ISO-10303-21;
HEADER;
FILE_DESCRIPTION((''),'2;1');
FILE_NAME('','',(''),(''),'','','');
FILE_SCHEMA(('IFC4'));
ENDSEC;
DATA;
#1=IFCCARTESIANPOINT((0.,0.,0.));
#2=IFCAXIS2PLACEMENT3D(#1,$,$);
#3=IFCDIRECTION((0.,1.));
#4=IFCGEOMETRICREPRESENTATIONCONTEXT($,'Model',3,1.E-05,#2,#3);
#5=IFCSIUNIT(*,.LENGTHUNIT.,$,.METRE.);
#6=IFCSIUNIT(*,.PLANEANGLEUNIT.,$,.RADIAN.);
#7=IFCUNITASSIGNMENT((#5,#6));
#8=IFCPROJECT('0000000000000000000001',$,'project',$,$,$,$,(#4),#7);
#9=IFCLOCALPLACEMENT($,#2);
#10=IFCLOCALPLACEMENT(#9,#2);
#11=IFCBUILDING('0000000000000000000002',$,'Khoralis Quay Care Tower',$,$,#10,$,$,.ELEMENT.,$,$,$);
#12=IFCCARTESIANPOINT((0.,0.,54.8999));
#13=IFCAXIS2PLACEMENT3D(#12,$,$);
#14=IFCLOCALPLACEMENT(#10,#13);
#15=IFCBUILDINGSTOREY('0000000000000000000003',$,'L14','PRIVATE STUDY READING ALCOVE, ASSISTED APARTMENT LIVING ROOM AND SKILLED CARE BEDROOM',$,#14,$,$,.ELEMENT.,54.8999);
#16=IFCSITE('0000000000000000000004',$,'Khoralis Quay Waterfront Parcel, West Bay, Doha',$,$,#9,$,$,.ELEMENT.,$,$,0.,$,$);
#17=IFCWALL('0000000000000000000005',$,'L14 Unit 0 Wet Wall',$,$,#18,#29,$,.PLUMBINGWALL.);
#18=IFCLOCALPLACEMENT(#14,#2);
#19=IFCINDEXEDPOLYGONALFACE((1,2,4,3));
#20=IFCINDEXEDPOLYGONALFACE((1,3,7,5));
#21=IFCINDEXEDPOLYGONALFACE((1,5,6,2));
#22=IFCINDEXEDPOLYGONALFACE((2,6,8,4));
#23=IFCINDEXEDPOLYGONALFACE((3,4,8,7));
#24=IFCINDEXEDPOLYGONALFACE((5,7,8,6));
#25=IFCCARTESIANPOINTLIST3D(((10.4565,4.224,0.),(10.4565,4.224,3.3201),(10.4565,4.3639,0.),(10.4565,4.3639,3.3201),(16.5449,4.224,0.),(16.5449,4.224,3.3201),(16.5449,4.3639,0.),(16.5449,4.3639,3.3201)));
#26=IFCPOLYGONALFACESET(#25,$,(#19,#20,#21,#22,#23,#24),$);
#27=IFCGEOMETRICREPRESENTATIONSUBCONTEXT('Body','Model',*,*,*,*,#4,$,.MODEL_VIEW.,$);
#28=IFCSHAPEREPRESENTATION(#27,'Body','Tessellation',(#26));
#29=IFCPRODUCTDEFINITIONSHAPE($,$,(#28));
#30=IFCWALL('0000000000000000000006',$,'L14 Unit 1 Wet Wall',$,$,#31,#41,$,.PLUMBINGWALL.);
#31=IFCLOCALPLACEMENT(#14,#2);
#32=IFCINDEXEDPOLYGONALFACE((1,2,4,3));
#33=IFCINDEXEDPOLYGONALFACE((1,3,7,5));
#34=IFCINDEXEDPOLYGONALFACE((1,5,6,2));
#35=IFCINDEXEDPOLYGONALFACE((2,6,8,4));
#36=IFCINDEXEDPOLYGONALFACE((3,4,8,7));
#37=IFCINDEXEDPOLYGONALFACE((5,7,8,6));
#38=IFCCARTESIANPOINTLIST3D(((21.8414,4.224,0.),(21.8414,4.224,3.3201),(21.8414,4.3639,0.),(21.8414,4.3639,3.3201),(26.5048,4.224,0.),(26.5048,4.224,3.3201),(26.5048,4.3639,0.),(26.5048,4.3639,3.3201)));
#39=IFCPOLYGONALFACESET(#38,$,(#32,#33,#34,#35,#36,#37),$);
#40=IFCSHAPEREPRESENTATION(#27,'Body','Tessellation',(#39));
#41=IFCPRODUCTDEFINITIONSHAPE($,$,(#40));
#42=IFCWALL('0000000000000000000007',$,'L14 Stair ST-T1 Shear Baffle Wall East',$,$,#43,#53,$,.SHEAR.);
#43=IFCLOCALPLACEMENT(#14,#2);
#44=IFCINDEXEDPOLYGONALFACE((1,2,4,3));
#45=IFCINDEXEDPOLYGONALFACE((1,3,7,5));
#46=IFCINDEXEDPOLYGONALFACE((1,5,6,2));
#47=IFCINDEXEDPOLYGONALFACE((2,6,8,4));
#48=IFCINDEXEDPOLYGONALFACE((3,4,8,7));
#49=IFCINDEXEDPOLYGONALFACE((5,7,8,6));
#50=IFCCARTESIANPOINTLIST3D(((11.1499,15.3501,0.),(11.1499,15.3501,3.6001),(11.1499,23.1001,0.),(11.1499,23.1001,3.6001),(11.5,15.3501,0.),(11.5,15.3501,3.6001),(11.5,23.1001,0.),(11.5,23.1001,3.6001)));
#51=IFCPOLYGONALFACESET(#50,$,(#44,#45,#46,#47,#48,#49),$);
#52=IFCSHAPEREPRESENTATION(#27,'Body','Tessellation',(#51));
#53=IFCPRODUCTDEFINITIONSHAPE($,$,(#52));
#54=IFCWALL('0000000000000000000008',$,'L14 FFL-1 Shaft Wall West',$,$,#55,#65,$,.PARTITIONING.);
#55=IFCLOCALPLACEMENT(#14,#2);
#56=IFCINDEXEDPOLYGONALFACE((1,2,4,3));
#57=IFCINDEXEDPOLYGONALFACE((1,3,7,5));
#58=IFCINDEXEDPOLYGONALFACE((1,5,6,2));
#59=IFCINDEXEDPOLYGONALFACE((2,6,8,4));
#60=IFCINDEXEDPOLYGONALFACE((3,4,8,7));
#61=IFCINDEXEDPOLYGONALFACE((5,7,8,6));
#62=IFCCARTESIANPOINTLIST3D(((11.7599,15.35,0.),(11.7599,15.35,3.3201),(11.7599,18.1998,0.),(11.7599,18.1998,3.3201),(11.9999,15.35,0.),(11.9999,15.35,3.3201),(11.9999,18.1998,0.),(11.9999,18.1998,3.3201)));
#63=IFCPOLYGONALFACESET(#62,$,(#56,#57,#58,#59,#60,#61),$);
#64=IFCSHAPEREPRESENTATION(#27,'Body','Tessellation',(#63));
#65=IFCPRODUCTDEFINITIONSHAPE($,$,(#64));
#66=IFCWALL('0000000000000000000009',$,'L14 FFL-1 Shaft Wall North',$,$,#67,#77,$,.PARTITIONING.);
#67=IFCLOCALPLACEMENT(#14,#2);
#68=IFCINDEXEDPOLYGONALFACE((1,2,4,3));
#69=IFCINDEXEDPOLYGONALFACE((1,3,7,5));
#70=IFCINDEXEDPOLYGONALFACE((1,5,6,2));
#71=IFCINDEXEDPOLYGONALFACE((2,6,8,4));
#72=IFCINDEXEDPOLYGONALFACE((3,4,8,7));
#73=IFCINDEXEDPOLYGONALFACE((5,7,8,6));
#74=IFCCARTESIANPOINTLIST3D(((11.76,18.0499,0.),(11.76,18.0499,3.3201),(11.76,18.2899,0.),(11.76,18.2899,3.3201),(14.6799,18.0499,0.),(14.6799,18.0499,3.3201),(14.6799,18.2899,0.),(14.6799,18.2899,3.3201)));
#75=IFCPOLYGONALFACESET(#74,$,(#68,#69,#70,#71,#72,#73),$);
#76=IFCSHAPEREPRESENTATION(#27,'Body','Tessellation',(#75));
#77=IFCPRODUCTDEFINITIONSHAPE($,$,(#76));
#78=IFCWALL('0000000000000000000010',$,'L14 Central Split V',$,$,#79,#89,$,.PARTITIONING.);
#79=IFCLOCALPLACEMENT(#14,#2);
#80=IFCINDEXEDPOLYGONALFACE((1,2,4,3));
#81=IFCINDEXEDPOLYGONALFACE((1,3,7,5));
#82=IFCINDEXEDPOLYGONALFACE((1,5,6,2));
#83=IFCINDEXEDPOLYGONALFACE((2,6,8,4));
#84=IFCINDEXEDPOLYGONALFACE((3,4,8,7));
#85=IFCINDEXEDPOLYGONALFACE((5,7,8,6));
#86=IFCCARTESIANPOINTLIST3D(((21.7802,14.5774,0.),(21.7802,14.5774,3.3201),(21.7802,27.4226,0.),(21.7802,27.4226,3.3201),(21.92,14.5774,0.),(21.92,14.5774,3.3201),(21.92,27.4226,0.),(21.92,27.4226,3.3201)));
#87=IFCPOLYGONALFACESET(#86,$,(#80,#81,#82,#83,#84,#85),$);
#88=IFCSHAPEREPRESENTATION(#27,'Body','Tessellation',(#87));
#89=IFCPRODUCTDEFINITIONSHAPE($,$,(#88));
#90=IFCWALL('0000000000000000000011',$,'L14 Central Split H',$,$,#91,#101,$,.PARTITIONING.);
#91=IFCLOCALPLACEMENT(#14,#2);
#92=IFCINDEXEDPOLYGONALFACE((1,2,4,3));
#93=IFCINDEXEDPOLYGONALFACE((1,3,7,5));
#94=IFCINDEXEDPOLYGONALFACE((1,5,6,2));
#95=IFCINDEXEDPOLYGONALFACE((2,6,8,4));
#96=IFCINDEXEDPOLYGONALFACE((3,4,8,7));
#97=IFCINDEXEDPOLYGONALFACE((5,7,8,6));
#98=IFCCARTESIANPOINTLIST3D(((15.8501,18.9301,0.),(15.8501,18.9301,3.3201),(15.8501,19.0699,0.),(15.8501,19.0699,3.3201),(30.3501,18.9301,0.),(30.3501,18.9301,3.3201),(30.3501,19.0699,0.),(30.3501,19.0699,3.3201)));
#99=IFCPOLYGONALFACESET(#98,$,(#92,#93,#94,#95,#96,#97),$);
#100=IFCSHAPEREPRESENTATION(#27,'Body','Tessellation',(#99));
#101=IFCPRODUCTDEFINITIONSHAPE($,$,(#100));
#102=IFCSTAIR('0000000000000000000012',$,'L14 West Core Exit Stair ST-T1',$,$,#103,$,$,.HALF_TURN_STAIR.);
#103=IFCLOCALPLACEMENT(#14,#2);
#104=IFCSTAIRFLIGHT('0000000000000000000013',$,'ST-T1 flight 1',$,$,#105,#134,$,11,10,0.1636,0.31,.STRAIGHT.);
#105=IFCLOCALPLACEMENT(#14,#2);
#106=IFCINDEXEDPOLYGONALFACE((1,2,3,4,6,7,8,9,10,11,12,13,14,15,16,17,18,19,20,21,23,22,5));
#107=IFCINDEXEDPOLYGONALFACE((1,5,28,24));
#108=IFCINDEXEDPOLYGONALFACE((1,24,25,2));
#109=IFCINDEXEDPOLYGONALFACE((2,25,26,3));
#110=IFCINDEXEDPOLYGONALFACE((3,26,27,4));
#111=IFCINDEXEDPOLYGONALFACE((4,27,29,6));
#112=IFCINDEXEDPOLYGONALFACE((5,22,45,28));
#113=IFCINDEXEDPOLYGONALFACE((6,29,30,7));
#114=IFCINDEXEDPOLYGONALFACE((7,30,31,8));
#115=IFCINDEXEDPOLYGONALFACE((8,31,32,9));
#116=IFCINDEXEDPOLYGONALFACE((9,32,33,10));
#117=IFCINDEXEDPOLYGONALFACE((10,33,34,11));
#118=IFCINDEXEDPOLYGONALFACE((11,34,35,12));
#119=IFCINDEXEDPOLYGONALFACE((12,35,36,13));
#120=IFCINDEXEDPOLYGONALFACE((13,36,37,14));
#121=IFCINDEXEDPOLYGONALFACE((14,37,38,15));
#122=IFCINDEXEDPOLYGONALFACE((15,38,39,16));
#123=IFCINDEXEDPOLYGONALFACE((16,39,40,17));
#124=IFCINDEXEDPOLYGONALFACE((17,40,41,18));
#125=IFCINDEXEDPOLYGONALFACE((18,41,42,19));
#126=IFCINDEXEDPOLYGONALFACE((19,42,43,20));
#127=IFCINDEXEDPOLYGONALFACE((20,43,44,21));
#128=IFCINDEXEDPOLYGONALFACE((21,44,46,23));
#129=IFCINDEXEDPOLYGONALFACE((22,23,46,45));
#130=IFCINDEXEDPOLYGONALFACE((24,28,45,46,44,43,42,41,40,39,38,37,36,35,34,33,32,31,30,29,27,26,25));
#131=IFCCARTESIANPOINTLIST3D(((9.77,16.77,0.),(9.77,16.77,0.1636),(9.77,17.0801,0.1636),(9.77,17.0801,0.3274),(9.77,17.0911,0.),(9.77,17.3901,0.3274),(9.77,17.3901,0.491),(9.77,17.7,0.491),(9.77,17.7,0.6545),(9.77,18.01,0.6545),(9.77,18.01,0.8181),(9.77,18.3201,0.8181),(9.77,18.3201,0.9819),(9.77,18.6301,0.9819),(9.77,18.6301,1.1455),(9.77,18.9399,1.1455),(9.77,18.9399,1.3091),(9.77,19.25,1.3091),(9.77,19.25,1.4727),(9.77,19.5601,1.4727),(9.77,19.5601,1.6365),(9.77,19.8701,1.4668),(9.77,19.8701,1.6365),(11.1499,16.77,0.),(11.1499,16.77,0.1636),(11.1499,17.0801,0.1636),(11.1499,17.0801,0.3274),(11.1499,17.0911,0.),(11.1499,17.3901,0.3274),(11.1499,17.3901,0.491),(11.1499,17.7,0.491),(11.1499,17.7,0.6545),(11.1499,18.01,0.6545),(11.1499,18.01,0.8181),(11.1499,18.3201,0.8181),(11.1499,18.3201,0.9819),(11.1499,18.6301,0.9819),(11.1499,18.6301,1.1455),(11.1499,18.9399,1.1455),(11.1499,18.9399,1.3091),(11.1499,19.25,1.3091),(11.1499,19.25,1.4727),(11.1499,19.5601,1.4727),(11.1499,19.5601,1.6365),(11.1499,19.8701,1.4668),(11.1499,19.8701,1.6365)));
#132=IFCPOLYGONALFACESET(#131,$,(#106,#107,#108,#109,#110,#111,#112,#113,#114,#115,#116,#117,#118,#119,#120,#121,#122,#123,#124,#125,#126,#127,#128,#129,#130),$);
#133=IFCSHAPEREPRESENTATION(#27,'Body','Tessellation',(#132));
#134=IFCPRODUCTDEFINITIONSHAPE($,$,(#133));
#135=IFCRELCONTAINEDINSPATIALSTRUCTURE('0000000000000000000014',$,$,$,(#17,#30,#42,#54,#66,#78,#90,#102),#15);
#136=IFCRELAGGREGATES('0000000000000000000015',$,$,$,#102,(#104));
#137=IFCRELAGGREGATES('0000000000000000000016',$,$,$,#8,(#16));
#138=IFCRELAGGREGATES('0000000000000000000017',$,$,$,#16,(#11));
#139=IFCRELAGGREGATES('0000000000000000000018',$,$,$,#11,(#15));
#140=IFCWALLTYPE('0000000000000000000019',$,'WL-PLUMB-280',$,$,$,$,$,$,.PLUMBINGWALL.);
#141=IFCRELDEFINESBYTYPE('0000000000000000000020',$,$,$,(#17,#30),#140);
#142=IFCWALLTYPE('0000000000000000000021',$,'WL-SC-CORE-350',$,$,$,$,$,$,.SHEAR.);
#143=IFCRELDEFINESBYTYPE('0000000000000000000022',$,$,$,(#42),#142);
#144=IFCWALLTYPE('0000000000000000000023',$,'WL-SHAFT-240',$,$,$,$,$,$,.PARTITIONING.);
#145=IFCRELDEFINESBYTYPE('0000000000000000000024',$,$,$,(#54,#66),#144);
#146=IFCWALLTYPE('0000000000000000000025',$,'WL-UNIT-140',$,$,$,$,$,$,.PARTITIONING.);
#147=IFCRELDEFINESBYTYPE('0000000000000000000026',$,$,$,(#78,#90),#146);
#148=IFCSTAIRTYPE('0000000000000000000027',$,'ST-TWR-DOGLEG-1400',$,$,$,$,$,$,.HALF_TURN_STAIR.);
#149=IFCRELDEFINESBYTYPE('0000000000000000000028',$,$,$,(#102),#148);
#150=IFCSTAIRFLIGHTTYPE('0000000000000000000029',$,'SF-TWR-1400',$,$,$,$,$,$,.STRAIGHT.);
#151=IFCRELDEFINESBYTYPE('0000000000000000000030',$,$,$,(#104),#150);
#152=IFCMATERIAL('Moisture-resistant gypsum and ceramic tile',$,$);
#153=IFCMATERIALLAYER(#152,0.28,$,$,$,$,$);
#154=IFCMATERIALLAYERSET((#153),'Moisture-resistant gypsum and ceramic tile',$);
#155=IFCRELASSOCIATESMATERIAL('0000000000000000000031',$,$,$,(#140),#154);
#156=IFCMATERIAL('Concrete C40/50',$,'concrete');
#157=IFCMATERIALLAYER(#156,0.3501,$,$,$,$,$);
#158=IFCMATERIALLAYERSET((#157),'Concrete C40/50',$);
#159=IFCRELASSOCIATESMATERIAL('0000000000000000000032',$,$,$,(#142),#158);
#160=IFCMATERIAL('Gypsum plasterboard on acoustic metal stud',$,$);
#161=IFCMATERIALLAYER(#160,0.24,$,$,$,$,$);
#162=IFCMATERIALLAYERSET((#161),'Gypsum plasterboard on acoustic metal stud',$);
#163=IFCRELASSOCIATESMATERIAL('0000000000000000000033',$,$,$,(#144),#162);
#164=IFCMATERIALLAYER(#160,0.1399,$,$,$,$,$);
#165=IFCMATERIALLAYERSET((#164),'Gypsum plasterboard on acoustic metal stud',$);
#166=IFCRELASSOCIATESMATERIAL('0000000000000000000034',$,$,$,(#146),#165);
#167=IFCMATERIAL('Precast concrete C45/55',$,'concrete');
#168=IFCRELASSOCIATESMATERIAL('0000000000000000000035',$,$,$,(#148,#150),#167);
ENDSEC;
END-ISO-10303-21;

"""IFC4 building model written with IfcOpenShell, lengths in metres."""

from ifc_helpers import new_model, si_unit, direction, frame, frame_2d, origin, place, context, subcontext, project, spatial, polyline, rectangle, outline, extrude, source, transform, mapped, material, layer, layer_set, type_object, element, aggregate, save


model = new_model("IFC4")

# Units and contexts
model_context = context("Model", 3, precision=1e-05, world=origin(), true_north=direction((0.0, 1.0)))
body_context = subcontext(model_context, "Body", "Model", "MODEL_VIEW")
ifc_project = project(units=[si_unit("LENGTHUNIT", "METRE"), si_unit("PLANEANGLEUNIT", "RADIAN")], contexts=[model_context])

# Site, building, storey
site_placement = place(None, origin())
site = spatial("IfcSite", under=ifc_project, at=site_placement, Name="Khoralis Quay Waterfront Parcel, West Bay, Doha", CompositionType="ELEMENT", RefElevation=0.0)
building_placement = place(site_placement, origin())
building = spatial("IfcBuilding", under=site, at=building_placement, Name="Khoralis Quay Care Tower", CompositionType="ELEMENT")
storey_placement = place(building_placement, frame((0.0, 0.0, 54.8999)))
storey = spatial("IfcBuildingStorey", under=building, at=storey_placement, Name="L14", Description="PRIVATE STUDY READING ALCOVE, ASSISTED APARTMENT LIVING ROOM AND SKILLED CARE BEDROOM", CompositionType="ELEMENT", Elevation=54.8999)

# Shared definitions
ifc_material_1 = material(Name="Gypsum plasterboard on acoustic metal stud")

# Walls
ifc_material_2 = material(Name="Moisture-resistant gypsum and ceramic tile")
ifc_layer_1 = layer(ifc_material_2, 0.28)
ifc_layer_set_1 = layer_set([ifc_layer_1], Name="Moisture-resistant gypsum and ceramic tile")
wall_type_1 = type_object("IfcWallType", Name="WL-PLUMB-280", PredefinedType="PLUMBINGWALL", material=ifc_layer_set_1)
wall_1_placement = place(storey_placement, frame((10.4565, 4.2939, 0.0), z_axis=(0.0, 0.0, 1.0), x_axis=(1.0, 0.0, 0.0)))
element("IfcWall", 1, at=wall_1_placement, inside=storey, type_object=wall_type_1, Name="L14 Unit 0 Wet Wall", PredefinedType="PLUMBINGWALL", context=body_context, shape_type="SweptSolid", body=[
    extrude(rectangle(XDim=6.0884, YDim=0.1399, at=frame_2d((3.0442, 0.0))), origin(), (0.0, 0.0, 1.0), 3.3201),
])
wall_2_placement = place(storey_placement, frame((21.8416, 4.2939, 0.0), z_axis=(0.0, 0.0, 1.0), x_axis=(1.0, 0.0, 0.0)))
element("IfcWall", 2, at=wall_2_placement, inside=storey, type_object=wall_type_1, Name="L14 Unit 1 Wet Wall", PredefinedType="PLUMBINGWALL", context=body_context, shape_type="SweptSolid", body=[
    extrude(rectangle(XDim=4.6633, YDim=0.1399, at=frame_2d((2.3315, 0.0))), origin(), (0.0, 0.0, 1.0), 3.3201),
])
ifc_material_3 = material(Name="Concrete C40/50", Category="concrete")
ifc_layer_2 = layer(ifc_material_3, 0.3501)
ifc_layer_set_2 = layer_set([ifc_layer_2], Name="Concrete C40/50")
wall_type_2 = type_object("IfcWallType", Name="WL-SC-CORE-350", PredefinedType="SHEAR", material=ifc_layer_set_2)
wall_3_placement = place(storey_placement, frame((11.325, 15.3501, 0.0), z_axis=(0.0, 0.0, 1.0), x_axis=(0.0, 1.0, 0.0)))
element("IfcWall", 3, at=wall_3_placement, inside=storey, type_object=wall_type_2, Name="L14 Stair ST-T1 Shear Baffle Wall East", PredefinedType="SHEAR", context=body_context, shape_type="SweptSolid", body=[
    extrude(rectangle(XDim=7.75, YDim=0.3501, at=frame_2d((3.875, 0.0))), origin(), (0.0, 0.0, 1.0), 3.6001),
])
ifc_layer_3 = layer(ifc_material_1, 0.24)
ifc_layer_set_3 = layer_set([ifc_layer_3], Name="Gypsum plasterboard on acoustic metal stud")
wall_type_3 = type_object("IfcWallType", Name="WL-SHAFT-240", PredefinedType="PARTITIONING", material=ifc_layer_set_3)
wall_4_placement = place(storey_placement, frame((11.8799, 15.3501, 0.0), z_axis=(0.0, 0.0, 1.0), x_axis=(0.0, 1.0, 0.0)))
element("IfcWall", 4, at=wall_4_placement, inside=storey, type_object=wall_type_3, Name="L14 FFL-1 Shaft Wall West", PredefinedType="PARTITIONING", context=body_context, shape_type="SweptSolid", body=[
    extrude(rectangle(XDim=2.8499, YDim=0.24, at=frame_2d((1.4248, 0.0))), origin(), (0.0, 0.0, 1.0), 3.3201),
])
wall_5_placement = place(storey_placement, frame((11.76, 18.1699, 0.0), z_axis=(0.0, 0.0, 1.0), x_axis=(1.0, 0.0, 0.0)))
element("IfcWall", 5, at=wall_5_placement, inside=storey, type_object=wall_type_3, Name="L14 FFL-1 Shaft Wall North", PredefinedType="PARTITIONING", context=body_context, shape_type="SweptSolid", body=[
    extrude(rectangle(XDim=2.9199, YDim=0.24, at=frame_2d((1.46, 0.0))), origin(), (0.0, 0.0, 1.0), 3.3201),
])
ifc_layer_4 = layer(ifc_material_1, 0.1399)
ifc_layer_set_4 = layer_set([ifc_layer_4], Name="Gypsum plasterboard on acoustic metal stud")
wall_type_4 = type_object("IfcWallType", Name="WL-UNIT-140", PredefinedType="PARTITIONING", material=ifc_layer_set_4)
wall_6_placement = place(storey_placement, frame((21.8501, 14.5774, 0.0), z_axis=(0.0, 0.0, 1.0), x_axis=(0.0, 1.0, 0.0)))
element("IfcWall", 6, at=wall_6_placement, inside=storey, type_object=wall_type_4, Name="L14 Central Split V", PredefinedType="PARTITIONING", context=body_context, shape_type="SweptSolid", body=[
    extrude(rectangle(XDim=12.8452, YDim=0.1399, at=frame_2d((6.4226, 0.0))), origin(), (0.0, 0.0, 1.0), 3.3201),
])
wall_7_placement = place(storey_placement, frame((15.8501, 19.0, 0.0), z_axis=(0.0, 0.0, 1.0), x_axis=(1.0, 0.0, 0.0)))
element("IfcWall", 7, at=wall_7_placement, inside=storey, type_object=wall_type_4, Name="L14 Central Split H", PredefinedType="PARTITIONING", context=body_context, shape_type="SweptSolid", body=[
    extrude(rectangle(XDim=14.5, YDim=0.1399, at=frame_2d((7.25, 0.0))), origin(), (0.0, 0.0, 1.0), 3.3201),
])

# Stair, stair flight
ifc_material_4 = material(Name="Precast concrete C45/55", Category="concrete")
stair_type = type_object("IfcStairType", Name="ST-TWR-DOGLEG-1400", PredefinedType="HALF_TURN_STAIR", material=ifc_material_4)
stair_placement = place(storey_placement, origin())
stair = element("IfcStair", 8, at=stair_placement, inside=storey, type_object=stair_type, Name="L14 West Core Exit Stair ST-T1", PredefinedType="HALF_TURN_STAIR")
stair_flight_type = type_object("IfcStairFlightType", Name="SF-TWR-1400", PredefinedType="STRAIGHT", material=ifc_material_4)
shared_shape_1 = source(origin(), body_context, "Body", "SweptSolid", [
    extrude(outline(polyline([(0.0, 0.0), (0.0, 0.1636), (0.3101, 0.1636), (0.3101, 0.3274), (0.6201, 0.3274), (0.6201, 0.491), (0.9299, 0.491), (0.9299, 0.6545), (1.24, 0.6545), (1.24, 0.8181), (1.55, 0.8181), (1.55, 0.9819), (1.8601, 0.9819), (1.8601, 1.1455), (2.1699, 1.1455), (2.1699, 1.3091), (2.48, 1.3091), (2.48, 1.4727), (2.79, 1.4727), (2.79, 1.6365), (3.1001, 1.6365), (3.1001, 1.8), (3.1001, 1.4668), (0.321, 0.0), (0.0, 0.0)])), frame((0.0, 0.6899, 0.0), z_axis=(0.0, -1.0, 0.0), x_axis=(1.0, 0.0, 0.0)), (0.0, 0.0, 1.0), 1.3799),
])
stair_flight_placement = place(storey_placement, frame((10.46, 16.77, 0.0), z_axis=(0.0, 0.0, 1.0), x_axis=(0.0, 1.0, 0.0)))
stair_flight = element("IfcStairFlight", 9, at=stair_flight_placement, type_object=stair_flight_type, Name="ST-T1 flight 1", NumberOfRisers=11, NumberOfTreads=10, PredefinedType="STRAIGHT", RiserHeight=0.1636, TreadLength=0.31, context=body_context, shape_type="MappedRepresentation", body=[
    mapped(shared_shape_1, transform((0.0, 0.0, 0.0), scale=1.0)),
])
aggregate(stair, [stair_flight])

save(model, "model.ifc")
